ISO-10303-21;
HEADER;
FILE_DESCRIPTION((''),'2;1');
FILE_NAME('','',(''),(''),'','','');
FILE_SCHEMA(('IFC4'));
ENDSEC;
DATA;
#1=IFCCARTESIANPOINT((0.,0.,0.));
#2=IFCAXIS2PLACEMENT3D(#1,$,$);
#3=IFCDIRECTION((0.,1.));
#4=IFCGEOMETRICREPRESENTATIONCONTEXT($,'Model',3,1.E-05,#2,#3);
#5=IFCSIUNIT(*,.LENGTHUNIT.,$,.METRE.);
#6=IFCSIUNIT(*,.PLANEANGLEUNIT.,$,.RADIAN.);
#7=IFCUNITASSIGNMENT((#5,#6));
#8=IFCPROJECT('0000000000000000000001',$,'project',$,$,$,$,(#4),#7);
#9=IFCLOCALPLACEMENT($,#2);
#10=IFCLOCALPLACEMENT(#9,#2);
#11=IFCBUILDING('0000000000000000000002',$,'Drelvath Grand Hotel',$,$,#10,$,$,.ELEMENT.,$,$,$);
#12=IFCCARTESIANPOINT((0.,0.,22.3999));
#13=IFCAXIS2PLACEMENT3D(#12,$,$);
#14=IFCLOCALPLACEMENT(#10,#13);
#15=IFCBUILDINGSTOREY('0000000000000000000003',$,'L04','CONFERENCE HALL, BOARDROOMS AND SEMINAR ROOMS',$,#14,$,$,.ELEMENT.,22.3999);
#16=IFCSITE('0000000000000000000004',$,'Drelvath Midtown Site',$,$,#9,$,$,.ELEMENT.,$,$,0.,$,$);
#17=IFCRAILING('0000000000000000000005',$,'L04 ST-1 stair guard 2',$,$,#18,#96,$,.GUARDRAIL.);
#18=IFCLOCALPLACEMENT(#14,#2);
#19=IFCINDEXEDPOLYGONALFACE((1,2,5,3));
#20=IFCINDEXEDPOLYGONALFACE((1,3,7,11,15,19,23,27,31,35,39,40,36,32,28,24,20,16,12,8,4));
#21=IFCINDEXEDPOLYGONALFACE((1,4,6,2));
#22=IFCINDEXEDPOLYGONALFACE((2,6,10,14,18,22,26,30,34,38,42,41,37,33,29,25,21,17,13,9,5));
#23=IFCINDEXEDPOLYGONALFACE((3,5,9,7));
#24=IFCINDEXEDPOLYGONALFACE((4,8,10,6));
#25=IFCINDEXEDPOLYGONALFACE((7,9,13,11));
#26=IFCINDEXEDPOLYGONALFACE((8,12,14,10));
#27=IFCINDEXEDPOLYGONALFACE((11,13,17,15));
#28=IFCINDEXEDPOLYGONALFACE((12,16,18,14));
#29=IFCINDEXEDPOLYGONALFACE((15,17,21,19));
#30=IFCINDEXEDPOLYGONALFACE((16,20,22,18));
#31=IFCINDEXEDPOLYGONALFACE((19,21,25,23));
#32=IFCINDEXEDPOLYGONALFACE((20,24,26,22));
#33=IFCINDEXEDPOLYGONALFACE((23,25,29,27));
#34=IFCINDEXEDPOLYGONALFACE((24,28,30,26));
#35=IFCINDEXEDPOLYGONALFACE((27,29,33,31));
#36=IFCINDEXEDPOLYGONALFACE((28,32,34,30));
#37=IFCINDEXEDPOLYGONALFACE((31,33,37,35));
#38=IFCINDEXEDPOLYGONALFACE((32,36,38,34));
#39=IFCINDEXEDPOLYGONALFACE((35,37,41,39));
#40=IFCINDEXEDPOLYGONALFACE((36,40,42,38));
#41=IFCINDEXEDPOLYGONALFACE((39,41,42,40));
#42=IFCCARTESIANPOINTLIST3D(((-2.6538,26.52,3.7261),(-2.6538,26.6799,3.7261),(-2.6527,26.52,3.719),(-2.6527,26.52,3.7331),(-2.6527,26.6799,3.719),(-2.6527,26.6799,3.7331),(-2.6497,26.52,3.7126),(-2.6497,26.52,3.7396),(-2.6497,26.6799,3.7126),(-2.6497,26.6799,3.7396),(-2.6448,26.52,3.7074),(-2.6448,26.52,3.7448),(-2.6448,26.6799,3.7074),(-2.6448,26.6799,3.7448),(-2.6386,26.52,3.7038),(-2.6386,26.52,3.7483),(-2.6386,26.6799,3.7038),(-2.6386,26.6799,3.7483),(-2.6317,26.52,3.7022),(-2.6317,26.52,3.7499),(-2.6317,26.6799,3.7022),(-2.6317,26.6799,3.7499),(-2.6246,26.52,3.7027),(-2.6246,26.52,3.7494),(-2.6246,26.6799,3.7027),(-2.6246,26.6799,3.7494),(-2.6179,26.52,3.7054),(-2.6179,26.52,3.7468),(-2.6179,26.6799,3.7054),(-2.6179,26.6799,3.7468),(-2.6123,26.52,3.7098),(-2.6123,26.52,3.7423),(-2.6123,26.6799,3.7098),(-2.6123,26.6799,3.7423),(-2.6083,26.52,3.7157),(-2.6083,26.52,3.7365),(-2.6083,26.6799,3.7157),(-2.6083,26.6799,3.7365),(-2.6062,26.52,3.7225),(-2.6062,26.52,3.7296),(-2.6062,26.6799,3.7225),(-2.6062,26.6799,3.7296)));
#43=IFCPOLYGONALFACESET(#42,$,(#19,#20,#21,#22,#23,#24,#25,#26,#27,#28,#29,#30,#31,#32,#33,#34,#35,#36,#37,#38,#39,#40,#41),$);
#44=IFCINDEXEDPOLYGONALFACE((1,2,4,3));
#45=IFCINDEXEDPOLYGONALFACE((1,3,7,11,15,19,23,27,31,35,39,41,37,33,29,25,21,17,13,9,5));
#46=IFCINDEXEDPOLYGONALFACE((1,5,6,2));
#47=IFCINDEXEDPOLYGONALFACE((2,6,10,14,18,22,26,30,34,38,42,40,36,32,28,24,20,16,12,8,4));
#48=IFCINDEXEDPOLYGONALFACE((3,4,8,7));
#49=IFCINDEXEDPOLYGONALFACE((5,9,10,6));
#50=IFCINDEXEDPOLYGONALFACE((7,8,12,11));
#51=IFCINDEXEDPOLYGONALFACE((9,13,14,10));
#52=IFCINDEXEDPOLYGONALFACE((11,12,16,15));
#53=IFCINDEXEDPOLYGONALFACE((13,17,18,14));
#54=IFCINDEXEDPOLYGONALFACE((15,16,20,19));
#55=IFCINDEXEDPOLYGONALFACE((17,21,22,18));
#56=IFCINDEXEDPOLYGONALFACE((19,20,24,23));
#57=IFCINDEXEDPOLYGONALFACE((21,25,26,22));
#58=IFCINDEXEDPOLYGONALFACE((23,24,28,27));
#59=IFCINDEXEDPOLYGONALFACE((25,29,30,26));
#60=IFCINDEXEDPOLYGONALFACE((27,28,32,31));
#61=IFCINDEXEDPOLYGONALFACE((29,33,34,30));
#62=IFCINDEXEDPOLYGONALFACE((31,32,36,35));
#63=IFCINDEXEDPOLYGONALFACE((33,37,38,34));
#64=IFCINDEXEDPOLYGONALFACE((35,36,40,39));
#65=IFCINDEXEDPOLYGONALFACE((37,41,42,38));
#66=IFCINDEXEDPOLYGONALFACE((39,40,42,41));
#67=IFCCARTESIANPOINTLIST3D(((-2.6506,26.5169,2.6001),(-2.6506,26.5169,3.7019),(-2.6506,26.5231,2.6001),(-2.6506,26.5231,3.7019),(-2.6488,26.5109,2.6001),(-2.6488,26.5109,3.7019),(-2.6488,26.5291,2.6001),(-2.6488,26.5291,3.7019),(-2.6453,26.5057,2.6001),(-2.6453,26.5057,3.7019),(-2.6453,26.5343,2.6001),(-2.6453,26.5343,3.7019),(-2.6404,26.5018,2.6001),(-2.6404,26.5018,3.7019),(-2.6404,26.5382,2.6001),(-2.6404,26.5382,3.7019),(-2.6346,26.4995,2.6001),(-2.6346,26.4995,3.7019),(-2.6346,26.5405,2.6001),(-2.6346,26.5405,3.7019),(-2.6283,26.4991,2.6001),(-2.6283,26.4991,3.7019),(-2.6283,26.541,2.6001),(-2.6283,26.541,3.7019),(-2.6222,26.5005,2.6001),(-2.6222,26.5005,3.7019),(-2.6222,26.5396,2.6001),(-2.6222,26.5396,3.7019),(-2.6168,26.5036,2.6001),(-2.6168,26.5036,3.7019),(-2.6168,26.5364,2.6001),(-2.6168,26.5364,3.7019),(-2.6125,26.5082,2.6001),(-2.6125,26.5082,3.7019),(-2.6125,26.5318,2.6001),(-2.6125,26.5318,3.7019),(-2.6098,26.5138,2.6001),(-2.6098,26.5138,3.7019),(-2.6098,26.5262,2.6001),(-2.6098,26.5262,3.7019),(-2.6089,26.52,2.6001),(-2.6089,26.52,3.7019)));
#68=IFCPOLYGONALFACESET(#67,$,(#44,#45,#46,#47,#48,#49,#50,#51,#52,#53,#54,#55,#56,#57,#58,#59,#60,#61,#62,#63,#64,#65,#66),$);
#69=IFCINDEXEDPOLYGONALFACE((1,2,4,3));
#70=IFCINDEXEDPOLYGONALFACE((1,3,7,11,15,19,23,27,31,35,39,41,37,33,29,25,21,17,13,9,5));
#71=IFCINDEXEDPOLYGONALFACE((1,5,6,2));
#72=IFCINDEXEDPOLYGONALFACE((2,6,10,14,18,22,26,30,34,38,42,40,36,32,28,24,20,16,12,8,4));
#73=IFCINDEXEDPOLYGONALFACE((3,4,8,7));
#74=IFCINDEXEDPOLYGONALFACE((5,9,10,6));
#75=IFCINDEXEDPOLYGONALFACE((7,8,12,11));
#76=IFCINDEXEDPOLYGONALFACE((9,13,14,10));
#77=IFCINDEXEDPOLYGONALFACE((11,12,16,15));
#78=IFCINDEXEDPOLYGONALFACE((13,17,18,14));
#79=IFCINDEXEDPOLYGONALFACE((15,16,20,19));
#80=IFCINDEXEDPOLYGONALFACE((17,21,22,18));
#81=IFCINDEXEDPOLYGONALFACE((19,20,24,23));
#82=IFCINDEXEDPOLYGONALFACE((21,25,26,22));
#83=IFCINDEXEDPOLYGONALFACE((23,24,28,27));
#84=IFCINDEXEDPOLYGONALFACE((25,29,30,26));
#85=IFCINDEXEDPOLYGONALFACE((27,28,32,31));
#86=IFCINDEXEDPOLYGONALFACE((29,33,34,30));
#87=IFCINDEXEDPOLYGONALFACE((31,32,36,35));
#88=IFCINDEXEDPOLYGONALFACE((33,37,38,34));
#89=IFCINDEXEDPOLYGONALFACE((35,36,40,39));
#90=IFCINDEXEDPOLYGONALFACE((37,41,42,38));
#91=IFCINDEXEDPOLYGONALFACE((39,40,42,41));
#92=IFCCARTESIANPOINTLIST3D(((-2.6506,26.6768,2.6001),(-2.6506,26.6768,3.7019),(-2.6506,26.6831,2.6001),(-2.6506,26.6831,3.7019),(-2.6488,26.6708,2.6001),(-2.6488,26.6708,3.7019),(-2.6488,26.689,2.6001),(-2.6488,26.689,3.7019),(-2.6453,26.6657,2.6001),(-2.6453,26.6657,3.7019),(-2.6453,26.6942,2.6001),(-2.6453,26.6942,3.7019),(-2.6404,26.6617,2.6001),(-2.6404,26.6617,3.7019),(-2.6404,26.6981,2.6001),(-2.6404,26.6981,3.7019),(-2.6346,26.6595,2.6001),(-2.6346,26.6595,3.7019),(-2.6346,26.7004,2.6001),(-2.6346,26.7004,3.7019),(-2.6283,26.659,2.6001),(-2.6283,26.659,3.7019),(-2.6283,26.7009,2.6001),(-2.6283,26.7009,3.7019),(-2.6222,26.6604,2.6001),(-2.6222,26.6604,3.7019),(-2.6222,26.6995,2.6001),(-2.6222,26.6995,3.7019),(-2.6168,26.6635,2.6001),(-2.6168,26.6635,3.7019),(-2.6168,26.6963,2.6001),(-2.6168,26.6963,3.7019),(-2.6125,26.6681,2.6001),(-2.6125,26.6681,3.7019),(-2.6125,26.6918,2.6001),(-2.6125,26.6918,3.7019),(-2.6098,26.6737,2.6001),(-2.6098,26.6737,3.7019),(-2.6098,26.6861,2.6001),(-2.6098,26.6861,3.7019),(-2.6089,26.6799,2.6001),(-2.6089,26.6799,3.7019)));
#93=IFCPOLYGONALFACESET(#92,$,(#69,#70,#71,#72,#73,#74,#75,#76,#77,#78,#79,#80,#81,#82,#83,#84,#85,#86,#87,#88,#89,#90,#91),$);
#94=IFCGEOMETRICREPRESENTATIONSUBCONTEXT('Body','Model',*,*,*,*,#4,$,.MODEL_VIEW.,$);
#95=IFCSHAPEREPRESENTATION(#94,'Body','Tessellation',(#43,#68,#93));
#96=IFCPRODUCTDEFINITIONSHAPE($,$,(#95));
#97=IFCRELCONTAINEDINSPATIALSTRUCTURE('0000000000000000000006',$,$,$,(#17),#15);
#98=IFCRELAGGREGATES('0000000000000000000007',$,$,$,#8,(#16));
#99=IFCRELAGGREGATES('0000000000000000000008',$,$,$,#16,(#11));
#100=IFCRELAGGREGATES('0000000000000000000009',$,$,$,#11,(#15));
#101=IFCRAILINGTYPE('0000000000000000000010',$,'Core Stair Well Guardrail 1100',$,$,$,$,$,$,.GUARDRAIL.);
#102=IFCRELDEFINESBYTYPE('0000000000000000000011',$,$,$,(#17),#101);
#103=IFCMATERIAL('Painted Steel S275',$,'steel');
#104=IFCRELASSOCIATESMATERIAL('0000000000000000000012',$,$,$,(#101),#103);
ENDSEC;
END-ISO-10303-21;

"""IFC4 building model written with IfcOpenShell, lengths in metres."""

from ifc_helpers import new_model, si_unit, direction, frame, origin, origin_2d, place, context, subcontext, project, spatial, circle, extrude, material, type_object, element, save


model = new_model("IFC4")

# Units and contexts
model_context = context("Model", 3, precision=1e-05, world=origin(), true_north=direction((0.0, 1.0)))
body_context = subcontext(model_context, "Body", "Model", "MODEL_VIEW")
ifc_project = project(units=[si_unit("LENGTHUNIT", "METRE"), si_unit("PLANEANGLEUNIT", "RADIAN")], contexts=[model_context])

# Site, building, storey
site_placement = place(None, origin())
site = spatial("IfcSite", under=ifc_project, at=site_placement, Name="Drelvath Midtown Site", CompositionType="ELEMENT", RefElevation=0.0)
building_placement = place(site_placement, origin())
building = spatial("IfcBuilding", under=site, at=building_placement, Name="Drelvath Grand Hotel", CompositionType="ELEMENT")
storey_placement = place(building_placement, frame((0.0, 0.0, 22.3999)))
storey = spatial("IfcBuildingStorey", under=building, at=storey_placement, Name="L04", Description="CONFERENCE HALL, BOARDROOMS AND SEMINAR ROOMS", CompositionType="ELEMENT", Elevation=22.3999)

# Shared definitions
ifc_material_1 = material(Name="Painted Steel S275", Category="steel")

# Railing
railing_type_1 = type_object("IfcRailingType", Name="Core Stair Well Guardrail 1100", PredefinedType="GUARDRAIL", material=ifc_material_1)
railing_1_placement = place(storey_placement, frame((-2.6299, 26.52, 2.6001)))
element("IfcRailing", 1, at=railing_1_placement, inside=storey, type_object=railing_type_1, Name="L04 ST-1 stair guard 2", PredefinedType="GUARDRAIL", context=body_context, shape_type="SweptSolid", body=[
    extrude(circle(Radius=0.0239, at=origin_2d()), frame((0.0, 0.0, 1.126), z_axis=(0.0, 1.0, 0.0), x_axis=(-1.0, 0.0, 0.0)), (0.0, 0.0, 1.0), 0.1599),
    extrude(circle(Radius=0.021, at=origin_2d()), origin(), (0.0, 0.0, 1.0), 1.1018),
    extrude(circle(Radius=0.021, at=origin_2d()), frame((0.0, 0.1599, 0.0)), (0.0, 0.0, 1.0), 1.1018),
])

save(model, "model.ifc")
